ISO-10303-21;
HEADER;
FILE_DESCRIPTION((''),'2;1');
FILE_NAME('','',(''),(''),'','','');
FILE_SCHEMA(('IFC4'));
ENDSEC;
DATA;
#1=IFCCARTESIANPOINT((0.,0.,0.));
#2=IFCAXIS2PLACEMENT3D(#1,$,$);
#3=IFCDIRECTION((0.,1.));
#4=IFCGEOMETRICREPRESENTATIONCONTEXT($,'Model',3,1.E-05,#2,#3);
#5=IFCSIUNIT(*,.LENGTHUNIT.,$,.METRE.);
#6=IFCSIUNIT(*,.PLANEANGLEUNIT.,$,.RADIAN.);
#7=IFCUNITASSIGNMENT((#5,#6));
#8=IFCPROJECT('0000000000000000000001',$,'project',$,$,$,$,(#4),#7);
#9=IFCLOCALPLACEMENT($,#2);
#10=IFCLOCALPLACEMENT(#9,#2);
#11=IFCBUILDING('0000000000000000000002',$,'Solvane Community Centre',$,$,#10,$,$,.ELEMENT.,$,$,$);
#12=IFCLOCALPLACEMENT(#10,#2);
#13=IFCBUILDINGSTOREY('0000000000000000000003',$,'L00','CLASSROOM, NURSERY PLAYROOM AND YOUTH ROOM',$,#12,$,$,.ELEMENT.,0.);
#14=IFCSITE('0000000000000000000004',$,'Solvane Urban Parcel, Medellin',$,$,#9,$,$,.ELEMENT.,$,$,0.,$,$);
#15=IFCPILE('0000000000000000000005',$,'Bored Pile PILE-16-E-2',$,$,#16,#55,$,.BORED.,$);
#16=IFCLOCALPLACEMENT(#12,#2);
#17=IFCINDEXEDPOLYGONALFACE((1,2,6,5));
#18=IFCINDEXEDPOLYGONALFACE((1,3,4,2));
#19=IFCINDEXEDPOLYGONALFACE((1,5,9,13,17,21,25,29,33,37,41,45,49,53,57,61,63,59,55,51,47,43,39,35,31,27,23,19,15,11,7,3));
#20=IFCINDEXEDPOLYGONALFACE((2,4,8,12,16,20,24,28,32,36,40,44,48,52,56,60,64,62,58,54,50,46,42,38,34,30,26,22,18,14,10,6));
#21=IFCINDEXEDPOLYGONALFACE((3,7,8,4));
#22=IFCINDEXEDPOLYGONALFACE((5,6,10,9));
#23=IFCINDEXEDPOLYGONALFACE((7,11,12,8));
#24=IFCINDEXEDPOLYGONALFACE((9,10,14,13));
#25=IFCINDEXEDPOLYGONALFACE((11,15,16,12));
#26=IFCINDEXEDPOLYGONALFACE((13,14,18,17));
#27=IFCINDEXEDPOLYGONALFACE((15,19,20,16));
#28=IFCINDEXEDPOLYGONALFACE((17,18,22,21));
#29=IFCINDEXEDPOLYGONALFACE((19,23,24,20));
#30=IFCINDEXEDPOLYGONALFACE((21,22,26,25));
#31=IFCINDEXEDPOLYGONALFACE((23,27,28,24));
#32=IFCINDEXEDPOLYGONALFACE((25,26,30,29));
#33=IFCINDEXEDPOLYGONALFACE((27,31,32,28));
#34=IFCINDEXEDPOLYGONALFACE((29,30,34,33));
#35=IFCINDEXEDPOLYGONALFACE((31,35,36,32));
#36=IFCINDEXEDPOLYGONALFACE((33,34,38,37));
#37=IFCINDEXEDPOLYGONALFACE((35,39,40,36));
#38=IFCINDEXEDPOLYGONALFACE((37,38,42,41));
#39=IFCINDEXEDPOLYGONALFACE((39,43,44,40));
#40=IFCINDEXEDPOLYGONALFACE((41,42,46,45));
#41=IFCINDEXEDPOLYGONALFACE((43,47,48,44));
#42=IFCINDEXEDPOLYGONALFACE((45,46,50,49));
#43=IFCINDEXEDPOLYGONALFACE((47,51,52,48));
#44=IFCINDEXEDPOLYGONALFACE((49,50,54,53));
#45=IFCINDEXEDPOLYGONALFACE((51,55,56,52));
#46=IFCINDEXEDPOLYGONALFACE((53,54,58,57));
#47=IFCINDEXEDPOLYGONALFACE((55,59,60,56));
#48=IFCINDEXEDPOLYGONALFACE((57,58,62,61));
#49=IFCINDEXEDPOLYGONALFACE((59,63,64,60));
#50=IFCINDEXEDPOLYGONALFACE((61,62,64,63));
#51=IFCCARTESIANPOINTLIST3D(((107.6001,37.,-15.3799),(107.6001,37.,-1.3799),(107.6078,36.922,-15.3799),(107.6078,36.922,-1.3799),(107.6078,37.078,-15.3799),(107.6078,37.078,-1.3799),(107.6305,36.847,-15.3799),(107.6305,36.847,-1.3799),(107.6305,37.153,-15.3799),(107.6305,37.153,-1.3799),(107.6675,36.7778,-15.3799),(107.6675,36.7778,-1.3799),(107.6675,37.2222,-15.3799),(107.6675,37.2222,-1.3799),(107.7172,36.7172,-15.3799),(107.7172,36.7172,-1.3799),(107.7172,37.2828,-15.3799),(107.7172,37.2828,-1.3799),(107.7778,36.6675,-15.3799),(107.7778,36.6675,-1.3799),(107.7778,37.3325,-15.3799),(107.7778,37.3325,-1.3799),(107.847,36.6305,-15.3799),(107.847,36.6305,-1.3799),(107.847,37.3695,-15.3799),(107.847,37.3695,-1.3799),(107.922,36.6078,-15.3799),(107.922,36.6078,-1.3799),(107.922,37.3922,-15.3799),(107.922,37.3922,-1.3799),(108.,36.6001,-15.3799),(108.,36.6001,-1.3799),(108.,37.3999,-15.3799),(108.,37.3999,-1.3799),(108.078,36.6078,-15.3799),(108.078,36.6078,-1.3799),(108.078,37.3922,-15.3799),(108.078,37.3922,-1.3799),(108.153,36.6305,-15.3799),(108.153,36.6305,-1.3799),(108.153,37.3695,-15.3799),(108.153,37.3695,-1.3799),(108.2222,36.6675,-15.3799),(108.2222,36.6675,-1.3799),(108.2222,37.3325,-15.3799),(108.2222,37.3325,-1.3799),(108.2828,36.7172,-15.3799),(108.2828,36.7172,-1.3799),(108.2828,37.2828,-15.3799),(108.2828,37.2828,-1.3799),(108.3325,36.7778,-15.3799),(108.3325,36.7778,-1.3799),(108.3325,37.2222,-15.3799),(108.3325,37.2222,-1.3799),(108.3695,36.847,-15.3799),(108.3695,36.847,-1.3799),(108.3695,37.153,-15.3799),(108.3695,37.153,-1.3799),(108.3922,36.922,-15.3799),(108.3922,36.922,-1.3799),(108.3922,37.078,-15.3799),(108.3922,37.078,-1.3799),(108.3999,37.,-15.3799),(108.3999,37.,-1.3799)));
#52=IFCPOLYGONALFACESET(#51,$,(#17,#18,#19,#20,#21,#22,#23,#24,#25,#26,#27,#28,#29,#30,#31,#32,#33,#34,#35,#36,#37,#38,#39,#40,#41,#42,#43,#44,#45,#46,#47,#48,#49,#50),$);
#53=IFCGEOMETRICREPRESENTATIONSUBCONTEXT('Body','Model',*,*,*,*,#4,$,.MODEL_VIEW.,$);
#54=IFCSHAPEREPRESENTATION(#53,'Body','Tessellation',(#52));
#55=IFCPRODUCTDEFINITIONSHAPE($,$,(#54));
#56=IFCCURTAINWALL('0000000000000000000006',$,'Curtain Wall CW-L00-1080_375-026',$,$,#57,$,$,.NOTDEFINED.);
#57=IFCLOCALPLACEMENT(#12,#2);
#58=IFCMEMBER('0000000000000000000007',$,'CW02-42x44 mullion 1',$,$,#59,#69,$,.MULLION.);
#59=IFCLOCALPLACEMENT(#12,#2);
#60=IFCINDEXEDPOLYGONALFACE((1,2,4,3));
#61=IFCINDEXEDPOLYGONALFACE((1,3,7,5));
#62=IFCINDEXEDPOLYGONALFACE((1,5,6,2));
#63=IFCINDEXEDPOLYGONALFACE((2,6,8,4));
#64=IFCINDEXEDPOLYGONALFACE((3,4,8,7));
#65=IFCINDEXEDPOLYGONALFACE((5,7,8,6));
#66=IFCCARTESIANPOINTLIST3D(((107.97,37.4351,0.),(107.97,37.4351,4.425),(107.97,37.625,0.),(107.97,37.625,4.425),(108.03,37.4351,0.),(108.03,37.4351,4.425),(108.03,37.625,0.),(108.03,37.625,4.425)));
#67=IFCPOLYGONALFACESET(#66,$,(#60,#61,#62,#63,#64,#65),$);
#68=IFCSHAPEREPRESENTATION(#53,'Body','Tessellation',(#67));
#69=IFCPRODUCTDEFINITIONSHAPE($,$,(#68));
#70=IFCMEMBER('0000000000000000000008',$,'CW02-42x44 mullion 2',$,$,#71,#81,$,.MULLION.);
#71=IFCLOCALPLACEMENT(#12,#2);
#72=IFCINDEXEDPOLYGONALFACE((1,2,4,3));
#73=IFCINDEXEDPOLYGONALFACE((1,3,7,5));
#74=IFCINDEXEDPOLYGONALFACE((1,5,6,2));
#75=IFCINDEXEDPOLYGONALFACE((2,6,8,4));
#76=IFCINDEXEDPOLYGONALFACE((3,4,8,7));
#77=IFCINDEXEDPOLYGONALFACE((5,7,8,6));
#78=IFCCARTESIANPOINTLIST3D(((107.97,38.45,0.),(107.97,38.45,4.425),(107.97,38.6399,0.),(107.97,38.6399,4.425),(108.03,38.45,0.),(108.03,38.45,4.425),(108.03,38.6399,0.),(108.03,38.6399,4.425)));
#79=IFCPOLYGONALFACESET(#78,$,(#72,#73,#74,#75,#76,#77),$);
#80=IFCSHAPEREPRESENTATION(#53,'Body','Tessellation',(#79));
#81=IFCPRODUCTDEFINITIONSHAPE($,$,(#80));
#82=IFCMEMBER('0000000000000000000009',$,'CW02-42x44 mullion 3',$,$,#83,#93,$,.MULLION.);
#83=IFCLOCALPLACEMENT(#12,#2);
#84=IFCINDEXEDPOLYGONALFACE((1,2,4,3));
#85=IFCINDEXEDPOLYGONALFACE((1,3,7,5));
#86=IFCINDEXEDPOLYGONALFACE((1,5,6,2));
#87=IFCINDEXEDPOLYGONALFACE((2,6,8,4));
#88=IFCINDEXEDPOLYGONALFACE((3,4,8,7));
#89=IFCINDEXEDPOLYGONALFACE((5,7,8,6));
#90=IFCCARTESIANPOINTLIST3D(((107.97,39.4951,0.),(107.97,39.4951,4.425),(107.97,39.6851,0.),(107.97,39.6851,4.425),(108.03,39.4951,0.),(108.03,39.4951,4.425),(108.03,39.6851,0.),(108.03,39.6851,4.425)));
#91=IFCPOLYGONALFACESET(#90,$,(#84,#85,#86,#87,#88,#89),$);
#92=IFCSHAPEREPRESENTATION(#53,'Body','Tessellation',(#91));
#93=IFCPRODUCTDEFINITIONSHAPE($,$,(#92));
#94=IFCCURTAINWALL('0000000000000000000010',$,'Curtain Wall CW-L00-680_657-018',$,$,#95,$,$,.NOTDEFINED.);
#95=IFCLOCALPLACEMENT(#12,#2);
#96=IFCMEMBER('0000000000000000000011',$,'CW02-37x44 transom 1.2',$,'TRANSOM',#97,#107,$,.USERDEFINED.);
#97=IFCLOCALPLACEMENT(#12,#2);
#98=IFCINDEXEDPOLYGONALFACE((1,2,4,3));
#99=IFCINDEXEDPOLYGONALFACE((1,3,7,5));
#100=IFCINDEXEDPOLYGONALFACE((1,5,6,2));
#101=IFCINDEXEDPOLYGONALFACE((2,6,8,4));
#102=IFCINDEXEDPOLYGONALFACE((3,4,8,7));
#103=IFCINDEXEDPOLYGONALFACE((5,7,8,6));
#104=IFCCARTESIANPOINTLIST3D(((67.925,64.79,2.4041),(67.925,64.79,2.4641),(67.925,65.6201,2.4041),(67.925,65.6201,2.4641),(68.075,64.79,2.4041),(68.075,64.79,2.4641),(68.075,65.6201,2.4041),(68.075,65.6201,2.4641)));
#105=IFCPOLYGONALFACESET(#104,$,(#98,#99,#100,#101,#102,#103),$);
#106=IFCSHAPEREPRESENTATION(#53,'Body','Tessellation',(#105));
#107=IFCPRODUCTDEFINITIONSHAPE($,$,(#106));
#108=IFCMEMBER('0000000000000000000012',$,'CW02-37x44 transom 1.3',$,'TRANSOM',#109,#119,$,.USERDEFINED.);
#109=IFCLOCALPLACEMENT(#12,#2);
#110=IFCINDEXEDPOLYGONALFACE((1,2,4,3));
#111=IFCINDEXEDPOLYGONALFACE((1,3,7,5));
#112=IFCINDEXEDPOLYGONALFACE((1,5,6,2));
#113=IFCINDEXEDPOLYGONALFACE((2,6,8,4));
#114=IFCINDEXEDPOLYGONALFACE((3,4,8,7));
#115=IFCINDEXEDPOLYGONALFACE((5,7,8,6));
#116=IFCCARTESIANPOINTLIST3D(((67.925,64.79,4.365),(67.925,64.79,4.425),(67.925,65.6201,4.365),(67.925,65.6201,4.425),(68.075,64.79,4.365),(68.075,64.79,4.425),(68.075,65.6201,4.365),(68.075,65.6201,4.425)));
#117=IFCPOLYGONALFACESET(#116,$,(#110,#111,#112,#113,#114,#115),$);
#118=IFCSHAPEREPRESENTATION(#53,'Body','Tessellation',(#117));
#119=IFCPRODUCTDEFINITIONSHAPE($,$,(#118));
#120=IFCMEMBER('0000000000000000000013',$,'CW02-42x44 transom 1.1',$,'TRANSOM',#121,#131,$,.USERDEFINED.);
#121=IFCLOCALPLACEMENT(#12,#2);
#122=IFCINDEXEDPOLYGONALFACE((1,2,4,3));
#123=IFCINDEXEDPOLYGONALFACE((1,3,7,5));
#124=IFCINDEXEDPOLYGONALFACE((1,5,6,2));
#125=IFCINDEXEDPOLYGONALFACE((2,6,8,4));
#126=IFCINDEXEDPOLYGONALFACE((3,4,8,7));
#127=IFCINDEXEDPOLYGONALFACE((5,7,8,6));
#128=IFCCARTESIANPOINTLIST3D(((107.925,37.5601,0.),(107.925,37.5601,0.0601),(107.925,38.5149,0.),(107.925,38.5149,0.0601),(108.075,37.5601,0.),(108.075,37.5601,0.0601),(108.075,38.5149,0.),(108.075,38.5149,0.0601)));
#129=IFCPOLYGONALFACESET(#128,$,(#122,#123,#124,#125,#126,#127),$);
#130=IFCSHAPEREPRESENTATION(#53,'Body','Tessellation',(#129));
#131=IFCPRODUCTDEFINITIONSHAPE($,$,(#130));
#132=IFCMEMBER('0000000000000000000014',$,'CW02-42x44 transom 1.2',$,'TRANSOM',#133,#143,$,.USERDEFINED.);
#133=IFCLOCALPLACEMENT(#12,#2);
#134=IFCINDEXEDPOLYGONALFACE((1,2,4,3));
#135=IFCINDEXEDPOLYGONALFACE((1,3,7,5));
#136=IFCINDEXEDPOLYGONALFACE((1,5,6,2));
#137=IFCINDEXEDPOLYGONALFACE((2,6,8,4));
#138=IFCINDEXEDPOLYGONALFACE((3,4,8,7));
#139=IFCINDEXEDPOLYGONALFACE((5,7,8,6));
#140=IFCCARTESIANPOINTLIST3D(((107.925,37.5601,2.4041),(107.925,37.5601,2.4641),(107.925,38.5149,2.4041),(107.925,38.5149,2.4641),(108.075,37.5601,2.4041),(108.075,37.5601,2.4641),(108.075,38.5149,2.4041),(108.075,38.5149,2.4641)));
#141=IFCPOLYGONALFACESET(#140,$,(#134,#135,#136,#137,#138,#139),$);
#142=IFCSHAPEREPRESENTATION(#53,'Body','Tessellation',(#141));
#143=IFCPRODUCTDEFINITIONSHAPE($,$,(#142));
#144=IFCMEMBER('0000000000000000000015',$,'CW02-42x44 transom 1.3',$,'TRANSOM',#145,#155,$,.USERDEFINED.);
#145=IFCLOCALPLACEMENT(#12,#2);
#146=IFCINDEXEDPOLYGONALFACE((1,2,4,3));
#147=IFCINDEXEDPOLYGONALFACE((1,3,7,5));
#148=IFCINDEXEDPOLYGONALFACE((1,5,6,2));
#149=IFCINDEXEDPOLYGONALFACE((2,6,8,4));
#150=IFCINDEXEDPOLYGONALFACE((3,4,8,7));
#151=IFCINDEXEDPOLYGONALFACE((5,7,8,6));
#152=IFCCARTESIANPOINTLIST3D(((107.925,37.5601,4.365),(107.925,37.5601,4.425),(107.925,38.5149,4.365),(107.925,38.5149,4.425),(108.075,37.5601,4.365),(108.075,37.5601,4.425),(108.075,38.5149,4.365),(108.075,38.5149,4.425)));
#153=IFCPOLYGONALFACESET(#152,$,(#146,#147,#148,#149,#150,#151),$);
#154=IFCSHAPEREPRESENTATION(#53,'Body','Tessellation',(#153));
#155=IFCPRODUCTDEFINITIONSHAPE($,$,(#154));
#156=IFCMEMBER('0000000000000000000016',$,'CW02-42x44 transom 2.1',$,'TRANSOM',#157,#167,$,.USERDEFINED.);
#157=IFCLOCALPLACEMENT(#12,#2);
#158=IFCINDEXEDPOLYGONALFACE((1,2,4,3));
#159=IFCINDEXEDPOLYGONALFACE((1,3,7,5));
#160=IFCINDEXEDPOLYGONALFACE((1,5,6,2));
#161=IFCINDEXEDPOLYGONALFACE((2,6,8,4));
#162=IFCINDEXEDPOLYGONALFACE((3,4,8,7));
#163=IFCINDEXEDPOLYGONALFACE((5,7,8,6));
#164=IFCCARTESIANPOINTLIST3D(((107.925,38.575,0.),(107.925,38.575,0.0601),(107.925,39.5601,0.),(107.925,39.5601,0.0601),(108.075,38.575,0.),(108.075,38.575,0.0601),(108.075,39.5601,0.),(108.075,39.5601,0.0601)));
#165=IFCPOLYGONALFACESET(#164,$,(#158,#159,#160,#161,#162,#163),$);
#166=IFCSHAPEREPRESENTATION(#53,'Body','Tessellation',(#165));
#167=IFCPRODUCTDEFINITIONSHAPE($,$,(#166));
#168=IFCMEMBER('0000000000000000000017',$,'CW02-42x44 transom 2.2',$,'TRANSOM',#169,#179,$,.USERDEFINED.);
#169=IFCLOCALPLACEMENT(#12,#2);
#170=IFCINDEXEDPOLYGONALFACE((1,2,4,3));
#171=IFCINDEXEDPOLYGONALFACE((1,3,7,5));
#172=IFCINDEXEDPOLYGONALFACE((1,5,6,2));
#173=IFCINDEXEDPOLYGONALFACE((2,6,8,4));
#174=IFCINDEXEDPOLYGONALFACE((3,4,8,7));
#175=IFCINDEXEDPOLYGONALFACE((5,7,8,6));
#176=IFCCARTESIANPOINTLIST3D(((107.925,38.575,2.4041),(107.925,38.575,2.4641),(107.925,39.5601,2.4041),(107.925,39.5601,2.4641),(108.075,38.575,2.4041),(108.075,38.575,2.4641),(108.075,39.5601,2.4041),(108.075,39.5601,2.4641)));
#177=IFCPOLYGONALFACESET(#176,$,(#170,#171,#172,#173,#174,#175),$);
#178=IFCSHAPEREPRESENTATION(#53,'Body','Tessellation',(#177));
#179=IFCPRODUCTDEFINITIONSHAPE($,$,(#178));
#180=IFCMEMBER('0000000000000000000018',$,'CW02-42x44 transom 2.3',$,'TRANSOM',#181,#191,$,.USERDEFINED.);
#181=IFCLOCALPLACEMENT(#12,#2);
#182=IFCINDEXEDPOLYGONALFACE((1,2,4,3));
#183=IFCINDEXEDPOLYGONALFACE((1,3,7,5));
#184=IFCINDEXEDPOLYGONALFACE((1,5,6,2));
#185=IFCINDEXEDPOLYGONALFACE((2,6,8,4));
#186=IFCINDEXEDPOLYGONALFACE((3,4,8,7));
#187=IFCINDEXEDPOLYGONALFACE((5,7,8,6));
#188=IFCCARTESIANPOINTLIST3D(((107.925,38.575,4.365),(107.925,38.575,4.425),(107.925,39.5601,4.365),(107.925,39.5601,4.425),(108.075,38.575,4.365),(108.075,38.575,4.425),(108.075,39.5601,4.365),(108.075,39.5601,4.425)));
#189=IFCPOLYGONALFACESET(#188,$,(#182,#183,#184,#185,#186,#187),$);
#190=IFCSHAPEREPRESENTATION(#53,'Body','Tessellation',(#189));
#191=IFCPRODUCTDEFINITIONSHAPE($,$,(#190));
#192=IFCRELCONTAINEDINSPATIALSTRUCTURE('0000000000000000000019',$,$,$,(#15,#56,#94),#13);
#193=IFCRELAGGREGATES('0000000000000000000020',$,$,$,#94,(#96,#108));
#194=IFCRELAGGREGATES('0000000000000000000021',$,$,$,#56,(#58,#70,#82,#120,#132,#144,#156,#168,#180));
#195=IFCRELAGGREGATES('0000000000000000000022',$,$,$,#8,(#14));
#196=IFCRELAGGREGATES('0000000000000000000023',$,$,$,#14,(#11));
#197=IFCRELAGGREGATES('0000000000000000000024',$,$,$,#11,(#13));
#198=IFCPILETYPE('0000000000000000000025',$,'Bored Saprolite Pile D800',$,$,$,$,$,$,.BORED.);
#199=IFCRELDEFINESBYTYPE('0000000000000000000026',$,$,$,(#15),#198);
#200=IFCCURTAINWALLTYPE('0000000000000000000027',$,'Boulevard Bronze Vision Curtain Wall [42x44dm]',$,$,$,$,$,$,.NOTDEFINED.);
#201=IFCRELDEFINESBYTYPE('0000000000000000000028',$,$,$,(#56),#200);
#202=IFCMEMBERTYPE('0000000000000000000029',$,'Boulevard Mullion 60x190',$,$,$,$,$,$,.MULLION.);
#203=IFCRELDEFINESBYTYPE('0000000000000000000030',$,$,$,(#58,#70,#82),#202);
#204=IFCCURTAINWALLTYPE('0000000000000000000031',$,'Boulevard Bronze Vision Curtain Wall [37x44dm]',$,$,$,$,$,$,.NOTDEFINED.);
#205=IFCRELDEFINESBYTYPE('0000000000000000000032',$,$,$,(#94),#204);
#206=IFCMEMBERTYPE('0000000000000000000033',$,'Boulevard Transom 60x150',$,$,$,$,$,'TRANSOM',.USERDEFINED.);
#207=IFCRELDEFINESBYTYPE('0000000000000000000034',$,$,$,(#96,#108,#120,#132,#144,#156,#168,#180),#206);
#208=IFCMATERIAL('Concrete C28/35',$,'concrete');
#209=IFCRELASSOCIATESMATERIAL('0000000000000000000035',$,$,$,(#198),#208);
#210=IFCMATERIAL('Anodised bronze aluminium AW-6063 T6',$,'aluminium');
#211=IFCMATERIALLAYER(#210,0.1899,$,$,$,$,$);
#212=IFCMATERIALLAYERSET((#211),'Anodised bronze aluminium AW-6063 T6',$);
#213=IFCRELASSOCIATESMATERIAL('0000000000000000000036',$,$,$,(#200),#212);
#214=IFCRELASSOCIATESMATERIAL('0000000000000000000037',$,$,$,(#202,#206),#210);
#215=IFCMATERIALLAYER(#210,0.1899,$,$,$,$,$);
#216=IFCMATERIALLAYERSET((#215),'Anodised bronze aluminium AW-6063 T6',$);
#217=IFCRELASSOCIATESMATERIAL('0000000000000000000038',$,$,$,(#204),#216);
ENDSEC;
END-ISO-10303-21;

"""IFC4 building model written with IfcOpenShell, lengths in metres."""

from ifc_helpers import new_model, si_unit, direction, frame, origin, origin_2d, place, context, subcontext, project, spatial, rectangle, circle, extrude, material, layer, layer_set, material_profile, profile_set, type_object, element, aggregate, save


model = new_model("IFC4")

# Units and contexts
model_context = context("Model", 3, precision=1e-05, world=origin(), true_north=direction((0.0, 1.0)))
body_context = subcontext(model_context, "Body", "Model", "MODEL_VIEW")
ifc_project = project(units=[si_unit("LENGTHUNIT", "METRE"), si_unit("PLANEANGLEUNIT", "RADIAN")], contexts=[model_context])

# Site, building, storey
site_placement = place(None, origin())
site = spatial("IfcSite", under=ifc_project, at=site_placement, Name="Solvane Urban Parcel, Medellin", CompositionType="ELEMENT", RefElevation=0.0)
building_placement = place(site_placement, origin())
building = spatial("IfcBuilding", under=site, at=building_placement, Name="Solvane Community Centre", CompositionType="ELEMENT")
storey_placement = place(building_placement, origin())
storey = spatial("IfcBuildingStorey", under=building, at=storey_placement, Name="L00", Description="CLASSROOM, NURSERY PLAYROOM AND YOUTH ROOM", CompositionType="ELEMENT", Elevation=0.0)

# Pile
ifc_material_1 = material(Name="Concrete C28/35", Category="concrete")
ifc_material_profile_1 = material_profile(ifc_material_1, circle(Radius=0.3999, at=origin_2d()), Name="PILE D800")
ifc_profile_set_1 = profile_set([ifc_material_profile_1], Name="Concrete C28/35")
pile_type = type_object("IfcPileType", Name="Bored Saprolite Pile D800", PredefinedType="BORED", material=ifc_profile_set_1)
pile_placement = place(storey_placement, frame((108.0, 37.0, -1.3799), z_axis=(0.0, 0.0, -1.0), x_axis=(1.0, 0.0, 0.0)))
element("IfcPile", 1, at=pile_placement, inside=storey, type_object=pile_type, Name="Bored Pile PILE-16-E-2", PredefinedType="BORED", context=body_context, shape_type="SweptSolid", body=[
    extrude(circle(Radius=0.3999, at=origin_2d()), origin(), (0.0, 0.0, 1.0), 14.0),
])

# Curtain walls, members
ifc_material_2 = material(Name="Anodised bronze aluminium AW-6063 T6", Category="aluminium")
ifc_layer_1 = layer(ifc_material_2, 0.1899)
ifc_layer_set_1 = layer_set([ifc_layer_1], Name="Anodised bronze aluminium AW-6063 T6")
curtain_wall_type_1 = type_object("IfcCurtainWallType", Name="Boulevard Bronze Vision Curtain Wall [42x44dm]", PredefinedType="NOTDEFINED", material=ifc_layer_set_1)
curtain_wall_1_placement = place(storey_placement, origin())
curtain_wall_1 = element("IfcCurtainWall", 2, at=curtain_wall_1_placement, inside=storey, type_object=curtain_wall_type_1, Name="Curtain Wall CW-L00-1080_375-026", PredefinedType="NOTDEFINED")
ifc_material_profile_2 = material_profile(ifc_material_2, rectangle(XDim=0.0601, YDim=0.1899, at=origin_2d()), Name="CW-M 60x190")
ifc_profile_set_2 = profile_set([ifc_material_profile_2], Name="Anodised bronze aluminium AW-6063 T6")
member_type_1 = type_object("IfcMemberType", Name="Boulevard Mullion 60x190", PredefinedType="MULLION", material=ifc_profile_set_2)
member_1_placement = place(storey_placement, frame((108.0, 37.53, 0.0), z_axis=(0.0, 0.0, 1.0), x_axis=(-1.0, 0.0, 0.0)))
member_1 = element("IfcMember", 3, at=member_1_placement, type_object=member_type_1, Name="CW02-42x44 mullion 1", PredefinedType="MULLION", context=body_context, shape_type="SweptSolid", body=[
    extrude(rectangle(XDim=0.0601, YDim=0.1899, at=origin_2d()), origin(), (0.0, 0.0, 1.0), 4.425),
])
member_2_placement = place(storey_placement, frame((108.0, 38.5449, 0.0), z_axis=(0.0, 0.0, 1.0), x_axis=(-1.0, 0.0, 0.0)))
member_2 = element("IfcMember", 4, at=member_2_placement, type_object=member_type_1, Name="CW02-42x44 mullion 2", PredefinedType="MULLION", context=body_context, shape_type="SweptSolid", body=[
    extrude(rectangle(XDim=0.0601, YDim=0.1899, at=origin_2d()), origin(), (0.0, 0.0, 1.0), 4.425),
])
member_3_placement = place(storey_placement, frame((108.0, 39.5901, 0.0), z_axis=(0.0, 0.0, 1.0), x_axis=(-1.0, 0.0, 0.0)))
member_3 = element("IfcMember", 5, at=member_3_placement, type_object=member_type_1, Name="CW02-42x44 mullion 3", PredefinedType="MULLION", context=body_context, shape_type="SweptSolid", body=[
    extrude(rectangle(XDim=0.0601, YDim=0.1899, at=origin_2d()), origin(), (0.0, 0.0, 1.0), 4.425),
])
ifc_layer_2 = layer(ifc_material_2, 0.1899)
ifc_layer_set_2 = layer_set([ifc_layer_2], Name="Anodised bronze aluminium AW-6063 T6")
curtain_wall_type_2 = type_object("IfcCurtainWallType", Name="Boulevard Bronze Vision Curtain Wall [37x44dm]", PredefinedType="NOTDEFINED", material=ifc_layer_set_2)
curtain_wall_2_placement = place(storey_placement, origin())
curtain_wall_2 = element("IfcCurtainWall", 6, at=curtain_wall_2_placement, inside=storey, type_object=curtain_wall_type_2, Name="Curtain Wall CW-L00-680_657-018", PredefinedType="NOTDEFINED")
ifc_material_profile_3 = material_profile(ifc_material_2, rectangle(XDim=0.1499, YDim=0.0601, at=origin_2d()), Name="CW-T 60x150")
ifc_profile_set_3 = profile_set([ifc_material_profile_3], Name="Anodised bronze aluminium AW-6063 T6")
member_type_2 = type_object("IfcMemberType", Name="Boulevard Transom 60x150", ElementType="TRANSOM", PredefinedType="USERDEFINED", material=ifc_profile_set_3)
member_4_placement = place(storey_placement, frame((68.0, 65.6201, 2.4341), z_axis=(0.0, -1.0, 0.0), x_axis=(1.0, 0.0, 0.0)))
member_4 = element("IfcMember", 7, at=member_4_placement, type_object=member_type_2, Name="CW02-37x44 transom 1.2", ObjectType="TRANSOM", PredefinedType="USERDEFINED", context=body_context, shape_type="SweptSolid", body=[
    extrude(rectangle(XDim=0.1499, YDim=0.0601, at=origin_2d()), origin(), (0.0, 0.0, 1.0), 0.8301),
])
member_5_placement = place(storey_placement, frame((68.0, 65.6201, 4.395), z_axis=(0.0, -1.0, 0.0), x_axis=(1.0, 0.0, 0.0)))
member_5 = element("IfcMember", 8, at=member_5_placement, type_object=member_type_2, Name="CW02-37x44 transom 1.3", ObjectType="TRANSOM", PredefinedType="USERDEFINED", context=body_context, shape_type="SweptSolid", body=[
    extrude(rectangle(XDim=0.1499, YDim=0.0601, at=origin_2d()), origin(), (0.0, 0.0, 1.0), 0.8301),
])
aggregate(curtain_wall_2, [member_4, member_5])

# Members
member_6_placement = place(storey_placement, frame((108.0, 37.5601, 0.03), z_axis=(0.0, 1.0, 0.0), x_axis=(-1.0, 0.0, 0.0)))
member_6 = element("IfcMember", 9, at=member_6_placement, type_object=member_type_2, Name="CW02-42x44 transom 1.1", ObjectType="TRANSOM", PredefinedType="USERDEFINED", context=body_context, shape_type="SweptSolid", body=[
    extrude(rectangle(XDim=0.1499, YDim=0.0601, at=origin_2d()), origin(), (0.0, 0.0, 1.0), 0.9548),
])
member_7_placement = place(storey_placement, frame((108.0, 37.5601, 2.4341), z_axis=(0.0, 1.0, 0.0), x_axis=(-1.0, 0.0, 0.0)))
member_7 = element("IfcMember", 10, at=member_7_placement, type_object=member_type_2, Name="CW02-42x44 transom 1.2", ObjectType="TRANSOM", PredefinedType="USERDEFINED", context=body_context, shape_type="SweptSolid", body=[
    extrude(rectangle(XDim=0.1499, YDim=0.0601, at=origin_2d()), origin(), (0.0, 0.0, 1.0), 0.9548),
])
member_8_placement = place(storey_placement, frame((108.0, 37.5601, 4.395), z_axis=(0.0, 1.0, 0.0), x_axis=(-1.0, 0.0, 0.0)))
member_8 = element("IfcMember", 11, at=member_8_placement, type_object=member_type_2, Name="CW02-42x44 transom 1.3", ObjectType="TRANSOM", PredefinedType="USERDEFINED", context=body_context, shape_type="SweptSolid", body=[
    extrude(rectangle(XDim=0.1499, YDim=0.0601, at=origin_2d()), origin(), (0.0, 0.0, 1.0), 0.9548),
])
member_9_placement = place(storey_placement, frame((108.0, 38.575, 0.03), z_axis=(0.0, 1.0, 0.0), x_axis=(-1.0, 0.0, 0.0)))
member_9 = element("IfcMember", 12, at=member_9_placement, type_object=member_type_2, Name="CW02-42x44 transom 2.1", ObjectType="TRANSOM", PredefinedType="USERDEFINED", context=body_context, shape_type="SweptSolid", body=[
    extrude(rectangle(XDim=0.1499, YDim=0.0601, at=origin_2d()), origin(), (0.0, 0.0, 1.0), 0.9851),
])
member_10_placement = place(storey_placement, frame((108.0, 38.575, 2.4341), z_axis=(0.0, 1.0, 0.0), x_axis=(-1.0, 0.0, 0.0)))
member_10 = element("IfcMember", 13, at=member_10_placement, type_object=member_type_2, Name="CW02-42x44 transom 2.2", ObjectType="TRANSOM", PredefinedType="USERDEFINED", context=body_context, shape_type="SweptSolid", body=[
    extrude(rectangle(XDim=0.1499, YDim=0.0601, at=origin_2d()), origin(), (0.0, 0.0, 1.0), 0.9851),
])
member_11_placement = place(storey_placement, frame((108.0, 38.575, 4.395), z_axis=(0.0, 1.0, 0.0), x_axis=(-1.0, 0.0, 0.0)))
member_11 = element("IfcMember", 14, at=member_11_placement, type_object=member_type_2, Name="CW02-42x44 transom 2.3", ObjectType="TRANSOM", PredefinedType="USERDEFINED", context=body_context, shape_type="SweptSolid", body=[
    extrude(rectangle(XDim=0.1499, YDim=0.0601, at=origin_2d()), origin(), (0.0, 0.0, 1.0), 0.9851),
])

aggregate(curtain_wall_1, [member_1, member_2, member_3, member_6, member_7, member_8, member_9, member_10, member_11])

save(model, "model.ifc")
